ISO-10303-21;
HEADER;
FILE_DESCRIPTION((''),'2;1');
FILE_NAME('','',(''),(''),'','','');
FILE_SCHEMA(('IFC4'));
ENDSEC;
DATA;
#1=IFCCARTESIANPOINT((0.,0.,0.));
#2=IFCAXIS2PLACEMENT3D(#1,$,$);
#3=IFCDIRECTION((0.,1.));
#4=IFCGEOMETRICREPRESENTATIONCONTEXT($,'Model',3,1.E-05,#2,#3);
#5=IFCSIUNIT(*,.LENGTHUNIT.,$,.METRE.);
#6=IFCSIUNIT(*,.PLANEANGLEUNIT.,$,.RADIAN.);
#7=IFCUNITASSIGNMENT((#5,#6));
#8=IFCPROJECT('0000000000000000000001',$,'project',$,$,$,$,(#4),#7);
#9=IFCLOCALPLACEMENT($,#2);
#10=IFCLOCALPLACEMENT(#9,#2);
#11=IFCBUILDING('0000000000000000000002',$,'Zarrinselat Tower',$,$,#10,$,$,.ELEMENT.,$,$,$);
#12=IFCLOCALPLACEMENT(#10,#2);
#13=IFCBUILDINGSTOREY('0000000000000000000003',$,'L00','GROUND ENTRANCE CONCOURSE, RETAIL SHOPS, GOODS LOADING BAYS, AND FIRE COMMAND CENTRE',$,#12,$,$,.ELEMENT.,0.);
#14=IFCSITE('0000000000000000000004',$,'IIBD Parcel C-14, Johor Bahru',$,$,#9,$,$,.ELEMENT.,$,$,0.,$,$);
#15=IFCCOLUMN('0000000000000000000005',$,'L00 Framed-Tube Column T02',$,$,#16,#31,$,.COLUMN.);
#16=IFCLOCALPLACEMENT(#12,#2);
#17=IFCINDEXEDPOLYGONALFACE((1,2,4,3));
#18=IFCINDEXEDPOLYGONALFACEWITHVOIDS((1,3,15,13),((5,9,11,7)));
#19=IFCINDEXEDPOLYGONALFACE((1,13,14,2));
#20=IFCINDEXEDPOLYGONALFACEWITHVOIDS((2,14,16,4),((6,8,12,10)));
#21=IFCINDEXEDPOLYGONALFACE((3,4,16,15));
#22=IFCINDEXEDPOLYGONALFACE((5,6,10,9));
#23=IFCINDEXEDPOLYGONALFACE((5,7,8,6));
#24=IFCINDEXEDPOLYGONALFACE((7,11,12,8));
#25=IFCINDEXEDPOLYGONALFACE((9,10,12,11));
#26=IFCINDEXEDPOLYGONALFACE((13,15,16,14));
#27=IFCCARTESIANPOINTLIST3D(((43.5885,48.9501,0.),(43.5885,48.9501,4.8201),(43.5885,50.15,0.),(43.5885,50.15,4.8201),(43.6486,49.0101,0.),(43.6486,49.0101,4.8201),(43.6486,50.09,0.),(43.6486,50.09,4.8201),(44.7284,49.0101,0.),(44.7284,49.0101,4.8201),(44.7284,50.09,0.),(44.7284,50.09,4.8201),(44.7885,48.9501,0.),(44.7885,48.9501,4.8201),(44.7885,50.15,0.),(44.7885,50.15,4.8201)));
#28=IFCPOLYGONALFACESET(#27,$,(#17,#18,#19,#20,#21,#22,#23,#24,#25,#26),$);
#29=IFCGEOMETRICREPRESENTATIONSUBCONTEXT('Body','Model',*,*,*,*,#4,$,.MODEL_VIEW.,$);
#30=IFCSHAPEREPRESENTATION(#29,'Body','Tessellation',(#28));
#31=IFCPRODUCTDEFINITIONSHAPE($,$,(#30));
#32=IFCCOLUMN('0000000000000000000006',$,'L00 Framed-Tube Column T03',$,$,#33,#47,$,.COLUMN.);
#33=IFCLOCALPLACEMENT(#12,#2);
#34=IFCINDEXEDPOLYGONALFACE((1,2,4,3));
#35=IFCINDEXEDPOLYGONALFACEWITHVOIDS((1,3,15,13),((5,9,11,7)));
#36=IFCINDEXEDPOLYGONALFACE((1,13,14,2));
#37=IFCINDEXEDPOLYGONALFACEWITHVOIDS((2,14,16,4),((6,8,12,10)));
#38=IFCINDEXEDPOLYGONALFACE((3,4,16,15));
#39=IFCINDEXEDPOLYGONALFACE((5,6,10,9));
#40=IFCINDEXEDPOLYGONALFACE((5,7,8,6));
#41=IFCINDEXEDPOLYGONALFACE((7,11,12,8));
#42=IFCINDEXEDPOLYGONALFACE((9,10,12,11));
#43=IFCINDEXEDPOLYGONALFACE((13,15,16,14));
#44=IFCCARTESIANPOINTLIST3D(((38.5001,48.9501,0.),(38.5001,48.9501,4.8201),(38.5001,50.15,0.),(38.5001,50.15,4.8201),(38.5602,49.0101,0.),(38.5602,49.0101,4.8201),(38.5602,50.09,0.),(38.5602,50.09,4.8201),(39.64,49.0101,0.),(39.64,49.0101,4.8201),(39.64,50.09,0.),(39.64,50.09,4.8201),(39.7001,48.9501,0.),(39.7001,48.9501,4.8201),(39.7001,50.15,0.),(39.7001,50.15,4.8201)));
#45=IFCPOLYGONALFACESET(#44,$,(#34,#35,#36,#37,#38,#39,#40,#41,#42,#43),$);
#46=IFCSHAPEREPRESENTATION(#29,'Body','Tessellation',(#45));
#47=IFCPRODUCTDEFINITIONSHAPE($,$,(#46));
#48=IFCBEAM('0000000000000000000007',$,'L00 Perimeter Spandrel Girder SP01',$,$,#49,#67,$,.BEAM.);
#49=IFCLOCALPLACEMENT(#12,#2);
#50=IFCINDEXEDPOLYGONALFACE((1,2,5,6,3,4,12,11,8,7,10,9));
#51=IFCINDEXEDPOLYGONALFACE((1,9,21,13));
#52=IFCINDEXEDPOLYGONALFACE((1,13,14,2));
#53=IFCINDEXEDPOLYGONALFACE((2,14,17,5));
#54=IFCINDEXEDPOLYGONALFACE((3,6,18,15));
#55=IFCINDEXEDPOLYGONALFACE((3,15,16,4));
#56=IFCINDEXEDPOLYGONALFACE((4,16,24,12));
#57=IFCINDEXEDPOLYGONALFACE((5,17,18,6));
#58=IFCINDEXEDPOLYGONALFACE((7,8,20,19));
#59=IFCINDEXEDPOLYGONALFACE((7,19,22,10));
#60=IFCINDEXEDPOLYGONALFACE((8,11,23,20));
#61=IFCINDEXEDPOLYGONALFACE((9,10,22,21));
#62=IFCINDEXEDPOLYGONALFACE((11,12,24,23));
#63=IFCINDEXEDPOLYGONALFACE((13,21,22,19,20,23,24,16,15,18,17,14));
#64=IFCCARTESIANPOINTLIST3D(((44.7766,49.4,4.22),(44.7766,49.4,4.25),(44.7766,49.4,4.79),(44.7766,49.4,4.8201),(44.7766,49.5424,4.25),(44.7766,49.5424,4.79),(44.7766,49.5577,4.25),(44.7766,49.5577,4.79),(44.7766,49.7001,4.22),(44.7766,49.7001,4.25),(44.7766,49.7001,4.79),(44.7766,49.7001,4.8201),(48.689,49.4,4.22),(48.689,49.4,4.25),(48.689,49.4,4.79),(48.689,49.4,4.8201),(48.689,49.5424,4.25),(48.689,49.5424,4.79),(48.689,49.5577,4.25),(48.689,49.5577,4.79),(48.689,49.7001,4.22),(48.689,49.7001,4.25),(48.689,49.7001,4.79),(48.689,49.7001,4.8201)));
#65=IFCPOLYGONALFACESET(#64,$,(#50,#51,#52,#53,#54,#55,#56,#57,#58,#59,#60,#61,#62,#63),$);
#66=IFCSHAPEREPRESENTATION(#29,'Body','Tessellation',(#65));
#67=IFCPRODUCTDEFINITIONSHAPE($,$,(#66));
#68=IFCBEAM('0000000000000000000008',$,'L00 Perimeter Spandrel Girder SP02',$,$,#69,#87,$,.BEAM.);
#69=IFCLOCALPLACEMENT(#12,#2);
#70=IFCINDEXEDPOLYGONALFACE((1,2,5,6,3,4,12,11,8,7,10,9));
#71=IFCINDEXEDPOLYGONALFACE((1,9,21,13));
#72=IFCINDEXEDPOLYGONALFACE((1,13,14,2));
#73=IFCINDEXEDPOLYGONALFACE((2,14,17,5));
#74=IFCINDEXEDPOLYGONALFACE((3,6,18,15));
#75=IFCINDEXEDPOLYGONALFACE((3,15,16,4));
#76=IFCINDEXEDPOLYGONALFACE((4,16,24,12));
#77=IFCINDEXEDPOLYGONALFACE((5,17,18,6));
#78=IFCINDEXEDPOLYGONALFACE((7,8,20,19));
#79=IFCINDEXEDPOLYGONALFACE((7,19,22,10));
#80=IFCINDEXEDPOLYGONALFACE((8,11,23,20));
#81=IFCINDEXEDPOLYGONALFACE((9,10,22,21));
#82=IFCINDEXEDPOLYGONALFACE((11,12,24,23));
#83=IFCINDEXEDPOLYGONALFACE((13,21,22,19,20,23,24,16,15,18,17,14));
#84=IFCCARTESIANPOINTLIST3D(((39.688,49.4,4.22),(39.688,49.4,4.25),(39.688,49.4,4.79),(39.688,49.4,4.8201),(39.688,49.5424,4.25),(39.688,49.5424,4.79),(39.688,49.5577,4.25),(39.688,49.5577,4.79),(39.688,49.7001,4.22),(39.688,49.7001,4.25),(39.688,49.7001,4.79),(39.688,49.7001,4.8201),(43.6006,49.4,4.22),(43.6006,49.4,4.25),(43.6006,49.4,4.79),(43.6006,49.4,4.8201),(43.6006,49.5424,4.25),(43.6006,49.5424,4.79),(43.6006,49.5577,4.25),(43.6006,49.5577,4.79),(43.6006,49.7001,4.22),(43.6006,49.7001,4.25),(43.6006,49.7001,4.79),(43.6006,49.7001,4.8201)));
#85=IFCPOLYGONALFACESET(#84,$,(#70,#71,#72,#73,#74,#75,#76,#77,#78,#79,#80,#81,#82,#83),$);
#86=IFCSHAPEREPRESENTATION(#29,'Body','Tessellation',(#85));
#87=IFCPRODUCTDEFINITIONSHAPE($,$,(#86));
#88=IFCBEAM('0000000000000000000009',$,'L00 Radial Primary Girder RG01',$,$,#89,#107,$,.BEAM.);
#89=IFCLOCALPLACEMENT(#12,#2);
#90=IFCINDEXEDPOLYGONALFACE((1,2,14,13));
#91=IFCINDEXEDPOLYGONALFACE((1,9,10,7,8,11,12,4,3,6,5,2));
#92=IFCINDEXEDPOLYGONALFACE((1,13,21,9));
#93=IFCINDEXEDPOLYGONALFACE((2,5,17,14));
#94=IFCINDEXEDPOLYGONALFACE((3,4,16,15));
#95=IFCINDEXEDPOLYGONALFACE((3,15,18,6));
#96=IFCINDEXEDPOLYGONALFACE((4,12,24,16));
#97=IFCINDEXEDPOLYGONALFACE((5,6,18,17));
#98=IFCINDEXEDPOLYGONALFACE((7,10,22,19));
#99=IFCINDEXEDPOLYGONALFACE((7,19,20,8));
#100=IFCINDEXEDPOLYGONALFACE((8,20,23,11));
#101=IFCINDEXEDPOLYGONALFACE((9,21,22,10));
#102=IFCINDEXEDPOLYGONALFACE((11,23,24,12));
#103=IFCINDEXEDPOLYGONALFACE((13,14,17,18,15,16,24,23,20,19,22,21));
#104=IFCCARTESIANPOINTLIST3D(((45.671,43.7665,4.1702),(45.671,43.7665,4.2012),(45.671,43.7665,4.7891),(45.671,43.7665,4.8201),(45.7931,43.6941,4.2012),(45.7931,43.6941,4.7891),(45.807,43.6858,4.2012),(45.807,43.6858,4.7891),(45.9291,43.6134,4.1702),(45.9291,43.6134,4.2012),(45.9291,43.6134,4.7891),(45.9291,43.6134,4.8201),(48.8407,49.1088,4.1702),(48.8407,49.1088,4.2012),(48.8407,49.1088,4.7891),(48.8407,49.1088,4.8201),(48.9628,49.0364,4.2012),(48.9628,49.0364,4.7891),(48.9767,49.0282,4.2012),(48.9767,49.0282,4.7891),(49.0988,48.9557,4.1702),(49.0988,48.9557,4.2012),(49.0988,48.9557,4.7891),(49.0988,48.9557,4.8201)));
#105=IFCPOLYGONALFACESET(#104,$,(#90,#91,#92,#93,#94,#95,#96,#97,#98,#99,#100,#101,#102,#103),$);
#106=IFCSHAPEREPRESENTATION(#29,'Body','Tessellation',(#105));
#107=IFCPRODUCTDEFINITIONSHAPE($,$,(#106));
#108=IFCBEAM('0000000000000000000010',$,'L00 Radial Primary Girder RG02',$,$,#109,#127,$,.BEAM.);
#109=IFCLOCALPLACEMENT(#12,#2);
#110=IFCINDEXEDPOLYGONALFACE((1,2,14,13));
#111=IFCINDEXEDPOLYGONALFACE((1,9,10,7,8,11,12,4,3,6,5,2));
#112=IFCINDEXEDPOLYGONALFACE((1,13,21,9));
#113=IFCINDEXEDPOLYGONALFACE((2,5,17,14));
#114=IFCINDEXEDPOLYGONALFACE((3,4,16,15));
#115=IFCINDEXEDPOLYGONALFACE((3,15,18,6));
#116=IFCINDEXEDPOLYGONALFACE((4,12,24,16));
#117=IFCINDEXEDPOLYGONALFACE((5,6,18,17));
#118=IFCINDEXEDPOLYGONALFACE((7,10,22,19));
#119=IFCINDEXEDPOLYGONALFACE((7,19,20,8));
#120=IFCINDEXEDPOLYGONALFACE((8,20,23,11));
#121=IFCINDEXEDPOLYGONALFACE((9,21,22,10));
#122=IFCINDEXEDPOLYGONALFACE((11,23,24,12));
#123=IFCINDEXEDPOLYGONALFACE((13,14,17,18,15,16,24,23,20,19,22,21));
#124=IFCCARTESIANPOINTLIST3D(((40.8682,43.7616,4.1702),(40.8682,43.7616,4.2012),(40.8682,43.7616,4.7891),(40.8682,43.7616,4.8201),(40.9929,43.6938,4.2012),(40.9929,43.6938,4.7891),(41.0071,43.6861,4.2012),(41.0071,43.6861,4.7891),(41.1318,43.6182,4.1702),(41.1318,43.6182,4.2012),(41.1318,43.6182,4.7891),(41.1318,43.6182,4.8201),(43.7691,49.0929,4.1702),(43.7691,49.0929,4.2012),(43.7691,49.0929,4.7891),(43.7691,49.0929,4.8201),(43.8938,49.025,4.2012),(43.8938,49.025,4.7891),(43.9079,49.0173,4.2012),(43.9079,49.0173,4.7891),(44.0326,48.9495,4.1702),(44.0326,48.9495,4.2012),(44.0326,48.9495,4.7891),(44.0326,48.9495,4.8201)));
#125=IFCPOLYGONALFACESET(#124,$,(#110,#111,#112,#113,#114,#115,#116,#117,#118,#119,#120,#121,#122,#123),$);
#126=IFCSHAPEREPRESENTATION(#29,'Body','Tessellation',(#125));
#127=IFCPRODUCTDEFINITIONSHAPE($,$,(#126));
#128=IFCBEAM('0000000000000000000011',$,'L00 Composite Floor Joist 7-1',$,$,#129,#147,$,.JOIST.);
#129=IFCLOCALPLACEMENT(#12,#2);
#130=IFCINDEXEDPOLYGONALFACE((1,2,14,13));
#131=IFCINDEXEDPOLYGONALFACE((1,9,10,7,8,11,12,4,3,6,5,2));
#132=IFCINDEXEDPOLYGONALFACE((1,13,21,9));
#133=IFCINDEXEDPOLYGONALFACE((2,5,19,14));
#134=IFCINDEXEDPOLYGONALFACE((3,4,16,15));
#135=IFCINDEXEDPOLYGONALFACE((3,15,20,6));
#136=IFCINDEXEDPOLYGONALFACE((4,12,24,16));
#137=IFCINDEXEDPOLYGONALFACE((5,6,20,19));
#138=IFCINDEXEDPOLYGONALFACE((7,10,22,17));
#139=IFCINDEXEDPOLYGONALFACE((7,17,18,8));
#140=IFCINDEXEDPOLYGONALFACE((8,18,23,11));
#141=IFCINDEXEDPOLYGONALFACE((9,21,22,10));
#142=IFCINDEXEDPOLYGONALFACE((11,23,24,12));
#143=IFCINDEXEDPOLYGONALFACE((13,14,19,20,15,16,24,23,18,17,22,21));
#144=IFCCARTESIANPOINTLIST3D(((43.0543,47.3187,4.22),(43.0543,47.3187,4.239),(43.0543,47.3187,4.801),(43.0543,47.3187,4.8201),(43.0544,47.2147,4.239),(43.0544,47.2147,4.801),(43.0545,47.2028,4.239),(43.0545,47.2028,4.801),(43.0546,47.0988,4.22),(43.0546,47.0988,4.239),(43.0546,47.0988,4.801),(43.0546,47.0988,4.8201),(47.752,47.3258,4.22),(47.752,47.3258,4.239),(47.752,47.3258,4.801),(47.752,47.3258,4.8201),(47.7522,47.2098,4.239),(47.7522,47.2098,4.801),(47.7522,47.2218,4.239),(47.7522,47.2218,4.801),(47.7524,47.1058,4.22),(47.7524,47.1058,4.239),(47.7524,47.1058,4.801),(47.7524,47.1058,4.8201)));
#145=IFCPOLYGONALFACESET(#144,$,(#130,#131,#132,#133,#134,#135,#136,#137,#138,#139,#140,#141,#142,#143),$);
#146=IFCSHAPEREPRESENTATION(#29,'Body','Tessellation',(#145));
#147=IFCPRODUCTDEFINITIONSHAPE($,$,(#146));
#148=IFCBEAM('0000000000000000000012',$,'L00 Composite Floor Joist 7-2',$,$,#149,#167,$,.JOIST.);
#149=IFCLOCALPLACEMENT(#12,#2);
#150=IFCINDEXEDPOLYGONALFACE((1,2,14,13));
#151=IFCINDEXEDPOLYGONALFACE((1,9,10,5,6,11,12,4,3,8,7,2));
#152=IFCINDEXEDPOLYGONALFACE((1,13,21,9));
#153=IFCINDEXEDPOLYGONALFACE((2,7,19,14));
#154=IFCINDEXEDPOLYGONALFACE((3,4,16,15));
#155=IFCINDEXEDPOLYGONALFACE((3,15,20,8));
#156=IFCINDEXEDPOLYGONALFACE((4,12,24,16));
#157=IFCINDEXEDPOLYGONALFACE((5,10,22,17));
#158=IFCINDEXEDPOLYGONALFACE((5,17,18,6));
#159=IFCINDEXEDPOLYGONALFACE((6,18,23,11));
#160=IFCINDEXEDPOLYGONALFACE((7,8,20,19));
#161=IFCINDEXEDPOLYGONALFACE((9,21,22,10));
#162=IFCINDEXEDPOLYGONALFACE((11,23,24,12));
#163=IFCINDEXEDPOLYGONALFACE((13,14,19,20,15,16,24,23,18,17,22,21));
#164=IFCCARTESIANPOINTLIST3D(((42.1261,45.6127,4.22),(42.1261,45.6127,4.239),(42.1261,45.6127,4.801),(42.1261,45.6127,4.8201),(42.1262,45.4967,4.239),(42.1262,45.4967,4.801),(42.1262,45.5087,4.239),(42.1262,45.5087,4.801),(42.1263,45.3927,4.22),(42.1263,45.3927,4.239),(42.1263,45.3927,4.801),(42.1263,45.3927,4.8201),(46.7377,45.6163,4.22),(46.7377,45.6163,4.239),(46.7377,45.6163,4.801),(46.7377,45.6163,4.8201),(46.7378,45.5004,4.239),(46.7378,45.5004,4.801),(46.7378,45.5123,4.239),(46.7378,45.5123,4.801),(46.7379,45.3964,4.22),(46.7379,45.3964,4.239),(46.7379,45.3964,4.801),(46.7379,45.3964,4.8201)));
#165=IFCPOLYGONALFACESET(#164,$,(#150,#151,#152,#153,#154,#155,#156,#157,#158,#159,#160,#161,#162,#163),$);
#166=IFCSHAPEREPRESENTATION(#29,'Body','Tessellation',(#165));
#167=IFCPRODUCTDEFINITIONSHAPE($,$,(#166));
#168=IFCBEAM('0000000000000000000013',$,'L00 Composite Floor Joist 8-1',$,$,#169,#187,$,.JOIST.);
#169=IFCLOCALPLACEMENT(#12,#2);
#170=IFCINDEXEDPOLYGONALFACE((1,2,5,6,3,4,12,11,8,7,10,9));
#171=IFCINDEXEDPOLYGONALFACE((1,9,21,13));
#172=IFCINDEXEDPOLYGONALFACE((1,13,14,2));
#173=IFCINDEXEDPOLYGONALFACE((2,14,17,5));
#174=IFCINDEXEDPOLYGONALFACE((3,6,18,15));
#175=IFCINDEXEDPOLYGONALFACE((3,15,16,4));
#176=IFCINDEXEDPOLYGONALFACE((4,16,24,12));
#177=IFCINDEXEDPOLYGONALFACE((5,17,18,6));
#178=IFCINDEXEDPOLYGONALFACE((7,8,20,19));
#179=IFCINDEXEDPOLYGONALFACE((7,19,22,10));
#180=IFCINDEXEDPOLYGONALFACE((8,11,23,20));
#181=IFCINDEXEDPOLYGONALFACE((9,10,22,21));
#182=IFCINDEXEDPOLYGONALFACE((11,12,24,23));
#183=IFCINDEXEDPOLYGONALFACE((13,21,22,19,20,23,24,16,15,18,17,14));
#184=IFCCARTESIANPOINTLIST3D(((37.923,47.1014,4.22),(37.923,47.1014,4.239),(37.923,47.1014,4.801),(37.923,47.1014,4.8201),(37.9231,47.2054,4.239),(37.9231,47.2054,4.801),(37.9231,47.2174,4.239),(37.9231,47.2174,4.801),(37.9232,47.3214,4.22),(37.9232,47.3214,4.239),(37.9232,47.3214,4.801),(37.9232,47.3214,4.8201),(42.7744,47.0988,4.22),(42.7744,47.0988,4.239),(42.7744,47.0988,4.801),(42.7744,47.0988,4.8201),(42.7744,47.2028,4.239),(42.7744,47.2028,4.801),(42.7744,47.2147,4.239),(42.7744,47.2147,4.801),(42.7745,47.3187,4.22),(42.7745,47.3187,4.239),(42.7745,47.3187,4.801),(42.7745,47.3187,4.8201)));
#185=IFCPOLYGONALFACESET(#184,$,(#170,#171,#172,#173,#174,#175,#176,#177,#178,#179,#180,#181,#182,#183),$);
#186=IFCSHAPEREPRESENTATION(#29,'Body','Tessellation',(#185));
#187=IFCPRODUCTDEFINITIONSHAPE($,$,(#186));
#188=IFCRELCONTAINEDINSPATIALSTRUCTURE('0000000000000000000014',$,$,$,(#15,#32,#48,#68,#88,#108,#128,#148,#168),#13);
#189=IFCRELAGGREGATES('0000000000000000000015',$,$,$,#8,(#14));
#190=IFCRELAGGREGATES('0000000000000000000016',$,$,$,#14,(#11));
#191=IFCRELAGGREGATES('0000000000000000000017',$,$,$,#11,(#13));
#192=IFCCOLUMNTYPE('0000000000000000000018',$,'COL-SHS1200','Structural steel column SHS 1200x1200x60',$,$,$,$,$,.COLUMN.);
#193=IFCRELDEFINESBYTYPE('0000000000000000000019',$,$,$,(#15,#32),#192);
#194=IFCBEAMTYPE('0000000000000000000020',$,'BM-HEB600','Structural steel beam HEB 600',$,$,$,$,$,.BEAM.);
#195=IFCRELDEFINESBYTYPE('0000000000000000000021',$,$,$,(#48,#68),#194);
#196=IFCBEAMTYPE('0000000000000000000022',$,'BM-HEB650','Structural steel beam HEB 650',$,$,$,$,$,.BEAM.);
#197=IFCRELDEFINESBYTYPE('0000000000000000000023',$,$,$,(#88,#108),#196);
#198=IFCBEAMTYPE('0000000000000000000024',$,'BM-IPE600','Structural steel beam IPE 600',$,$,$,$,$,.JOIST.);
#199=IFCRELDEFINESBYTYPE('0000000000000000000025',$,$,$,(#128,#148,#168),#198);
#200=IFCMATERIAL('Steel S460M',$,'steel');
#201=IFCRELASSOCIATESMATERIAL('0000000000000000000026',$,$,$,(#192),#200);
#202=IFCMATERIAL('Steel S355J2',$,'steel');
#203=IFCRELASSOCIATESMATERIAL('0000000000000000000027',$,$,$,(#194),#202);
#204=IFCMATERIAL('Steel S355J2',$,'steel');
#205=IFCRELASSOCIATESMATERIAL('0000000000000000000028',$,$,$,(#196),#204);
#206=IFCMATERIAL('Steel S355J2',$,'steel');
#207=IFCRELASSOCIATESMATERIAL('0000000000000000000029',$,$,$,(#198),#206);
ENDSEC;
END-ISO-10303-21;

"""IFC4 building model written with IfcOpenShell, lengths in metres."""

from ifc_helpers import new_model, si_unit, direction, frame, origin, origin_2d, place, context, subcontext, project, spatial, hollow_rectangle, i_section, extrude, material, material_profile, profile_set, type_object, element, save


model = new_model("IFC4")

# Units and contexts
model_context = context("Model", 3, precision=1e-05, world=origin(), true_north=direction((0.0, 1.0)))
body_context = subcontext(model_context, "Body", "Model", "MODEL_VIEW")
ifc_project = project(units=[si_unit("LENGTHUNIT", "METRE"), si_unit("PLANEANGLEUNIT", "RADIAN")], contexts=[model_context])

# Site, building, storey
site_placement = place(None, origin())
site = spatial("IfcSite", under=ifc_project, at=site_placement, Name="IIBD Parcel C-14, Johor Bahru", CompositionType="ELEMENT", RefElevation=0.0)
building_placement = place(site_placement, origin())
building = spatial("IfcBuilding", under=site, at=building_placement, Name="Zarrinselat Tower", CompositionType="ELEMENT")
storey_placement = place(building_placement, origin())
storey = spatial("IfcBuildingStorey", under=building, at=storey_placement, Name="L00", Description="GROUND ENTRANCE CONCOURSE, RETAIL SHOPS, GOODS LOADING BAYS, AND FIRE COMMAND CENTRE", CompositionType="ELEMENT", Elevation=0.0)

# Columns
ifc_material_1 = material(Name="Steel S460M", Category="steel")
ifc_material_profile_1 = material_profile(ifc_material_1, hollow_rectangle(XDim=1.2, YDim=1.2, WallThickness=0.0601, at=origin_2d()), Name="SHS 1200x1200x60")
ifc_profile_set_1 = profile_set([ifc_material_profile_1], Name="Steel S460M")
column_type = type_object("IfcColumnType", Name="COL-SHS1200", Description="Structural steel column SHS 1200x1200x60", PredefinedType="COLUMN", material=ifc_profile_set_1)
for number, where, z_axis, x_axis, name in (
    (1, (44.1885, 49.55, 0.0), (0.0, 0.0, 1.0), (1.0, 0.0, 0.0), "L00 Framed-Tube Column T02"),
    (2, (39.1001, 49.55, 0.0), (0.0, 0.0, 1.0), (1.0, 0.0, 0.0), "L00 Framed-Tube Column T03"),
):
    element("IfcColumn", number, at=place(storey_placement, frame(where, z_axis=z_axis, x_axis=x_axis)), inside=storey, type_object=column_type, Name=name, PredefinedType="COLUMN", context=body_context, shape_type="SweptSolid", body=[
        extrude(hollow_rectangle(XDim=1.2, YDim=1.2, WallThickness=0.0601, at=origin_2d()), origin(), (0.0, 0.0, 1.0), 4.8201),
    ])

# Beams
ifc_material_2 = material(Name="Steel S355J2", Category="steel")
ifc_material_profile_2 = material_profile(ifc_material_2, i_section(OverallWidth=0.3, OverallDepth=0.6001, WebThickness=0.0154, FlangeThickness=0.03, at=origin_2d()), Name="HEB 600")
ifc_profile_set_2 = profile_set([ifc_material_profile_2], Name="Steel S355J2")
beam_type_1 = type_object("IfcBeamType", Name="BM-HEB600", Description="Structural steel beam HEB 600", PredefinedType="BEAM", material=ifc_profile_set_2)
beam_1_placement = place(storey_placement, frame((44.7766, 49.55, 4.52), z_axis=(1.0, 0.0, 0.0), x_axis=(0.0, 1.0, 0.0)))
element("IfcBeam", 3, at=beam_1_placement, inside=storey, type_object=beam_type_1, Name="L00 Perimeter Spandrel Girder SP01", PredefinedType="BEAM", context=body_context, shape_type="SweptSolid", body=[
    extrude(i_section(OverallWidth=0.3, OverallDepth=0.6001, WebThickness=0.0154, FlangeThickness=0.03, at=origin_2d()), origin(), (0.0, 0.0, 1.0), 3.9124),
])
beam_2_placement = place(storey_placement, frame((39.688, 49.55, 4.52), z_axis=(1.0, 0.0, 0.0), x_axis=(0.0, 1.0, 0.0)))
element("IfcBeam", 4, at=beam_2_placement, inside=storey, type_object=beam_type_1, Name="L00 Perimeter Spandrel Girder SP02", PredefinedType="BEAM", context=body_context, shape_type="SweptSolid", body=[
    extrude(i_section(OverallWidth=0.3, OverallDepth=0.6001, WebThickness=0.0154, FlangeThickness=0.03, at=origin_2d()), origin(), (0.0, 0.0, 1.0), 3.9126),
])
ifc_material_3 = material(Name="Steel S355J2", Category="steel")
ifc_material_profile_3 = material_profile(ifc_material_3, i_section(OverallWidth=0.3, OverallDepth=0.6499, WebThickness=0.0161, FlangeThickness=0.031, at=origin_2d()), Name="HEB 650")
ifc_profile_set_3 = profile_set([ifc_material_profile_3], Name="Steel S355J2")
beam_type_2 = type_object("IfcBeamType", Name="BM-HEB650", Description="Structural steel beam HEB 650", PredefinedType="BEAM", material=ifc_profile_set_3)
beam_3_placement = place(storey_placement, frame((45.8, 43.6899, 4.4951), z_axis=(0.510264, 0.860018, 0.0), x_axis=(-0.860018, 0.510264, 0.0)))
element("IfcBeam", 5, at=beam_3_placement, inside=storey, type_object=beam_type_2, Name="L00 Radial Primary Girder RG01", PredefinedType="BEAM", context=body_context, shape_type="SweptSolid", body=[
    extrude(i_section(OverallWidth=0.3, OverallDepth=0.6499, WebThickness=0.0161, FlangeThickness=0.031, at=origin_2d()), origin(), (0.0, 0.0, 1.0), 6.2119),
])
beam_4_placement = place(storey_placement, frame((41.0, 43.6899, 4.4951), z_axis=(0.47795, 0.878387, 0.0), x_axis=(-0.878387, 0.47795, 0.0)))
element("IfcBeam", 6, at=beam_4_placement, inside=storey, type_object=beam_type_2, Name="L00 Radial Primary Girder RG02", PredefinedType="BEAM", context=body_context, shape_type="SweptSolid", body=[
    extrude(i_section(OverallWidth=0.3, OverallDepth=0.6499, WebThickness=0.0161, FlangeThickness=0.031, at=origin_2d()), origin(), (0.0, 0.0, 1.0), 6.0693),
])
ifc_material_4 = material(Name="Steel S355J2", Category="steel")
ifc_material_profile_4 = material_profile(ifc_material_4, i_section(OverallWidth=0.22, OverallDepth=0.6001, WebThickness=0.012, FlangeThickness=0.019, at=origin_2d()), Name="IPE 600")
ifc_profile_set_4 = profile_set([ifc_material_profile_4], Name="Steel S355J2")
beam_type_3 = type_object("IfcBeamType", Name="BM-IPE600", Description="Structural steel beam IPE 600", PredefinedType="JOIST", material=ifc_profile_set_4)
beam_5_placement = place(storey_placement, frame((43.0544, 47.2087, 4.52), z_axis=(0.999999, 0.001507, 0.0), x_axis=(-0.001507, 0.999999, 0.0)))
element("IfcBeam", 7, at=beam_5_placement, inside=storey, type_object=beam_type_3, Name="L00 Composite Floor Joist 7-1", PredefinedType="JOIST", context=body_context, shape_type="SweptSolid", body=[
    extrude(i_section(OverallWidth=0.22, OverallDepth=0.6001, WebThickness=0.012, FlangeThickness=0.019, at=origin_2d()), origin(), (0.0, 0.0, 1.0), 4.6978),
])
beam_6_placement = place(storey_placement, frame((42.1262, 45.5027, 4.52), z_axis=(1.0, 0.000794, 0.0), x_axis=(-0.000794, 1.0, 0.0)))
element("IfcBeam", 8, at=beam_6_placement, inside=storey, type_object=beam_type_3, Name="L00 Composite Floor Joist 7-2", PredefinedType="JOIST", context=body_context, shape_type="SweptSolid", body=[
    extrude(i_section(OverallWidth=0.22, OverallDepth=0.6001, WebThickness=0.012, FlangeThickness=0.019, at=origin_2d()), origin(), (0.0, 0.0, 1.0), 4.6116),
])
beam_7_placement = place(storey_placement, frame((37.9231, 47.2114, 4.52), z_axis=(1.0, -0.000554, 0.0), x_axis=(0.000554, 1.0, 0.0)))
element("IfcBeam", 9, at=beam_7_placement, inside=storey, type_object=beam_type_3, Name="L00 Composite Floor Joist 8-1", PredefinedType="JOIST", context=body_context, shape_type="SweptSolid", body=[
    extrude(i_section(OverallWidth=0.22, OverallDepth=0.6001, WebThickness=0.012, FlangeThickness=0.019, at=origin_2d()), origin(), (0.0, 0.0, 1.0), 4.8513),
])

save(model, "model.ifc")
